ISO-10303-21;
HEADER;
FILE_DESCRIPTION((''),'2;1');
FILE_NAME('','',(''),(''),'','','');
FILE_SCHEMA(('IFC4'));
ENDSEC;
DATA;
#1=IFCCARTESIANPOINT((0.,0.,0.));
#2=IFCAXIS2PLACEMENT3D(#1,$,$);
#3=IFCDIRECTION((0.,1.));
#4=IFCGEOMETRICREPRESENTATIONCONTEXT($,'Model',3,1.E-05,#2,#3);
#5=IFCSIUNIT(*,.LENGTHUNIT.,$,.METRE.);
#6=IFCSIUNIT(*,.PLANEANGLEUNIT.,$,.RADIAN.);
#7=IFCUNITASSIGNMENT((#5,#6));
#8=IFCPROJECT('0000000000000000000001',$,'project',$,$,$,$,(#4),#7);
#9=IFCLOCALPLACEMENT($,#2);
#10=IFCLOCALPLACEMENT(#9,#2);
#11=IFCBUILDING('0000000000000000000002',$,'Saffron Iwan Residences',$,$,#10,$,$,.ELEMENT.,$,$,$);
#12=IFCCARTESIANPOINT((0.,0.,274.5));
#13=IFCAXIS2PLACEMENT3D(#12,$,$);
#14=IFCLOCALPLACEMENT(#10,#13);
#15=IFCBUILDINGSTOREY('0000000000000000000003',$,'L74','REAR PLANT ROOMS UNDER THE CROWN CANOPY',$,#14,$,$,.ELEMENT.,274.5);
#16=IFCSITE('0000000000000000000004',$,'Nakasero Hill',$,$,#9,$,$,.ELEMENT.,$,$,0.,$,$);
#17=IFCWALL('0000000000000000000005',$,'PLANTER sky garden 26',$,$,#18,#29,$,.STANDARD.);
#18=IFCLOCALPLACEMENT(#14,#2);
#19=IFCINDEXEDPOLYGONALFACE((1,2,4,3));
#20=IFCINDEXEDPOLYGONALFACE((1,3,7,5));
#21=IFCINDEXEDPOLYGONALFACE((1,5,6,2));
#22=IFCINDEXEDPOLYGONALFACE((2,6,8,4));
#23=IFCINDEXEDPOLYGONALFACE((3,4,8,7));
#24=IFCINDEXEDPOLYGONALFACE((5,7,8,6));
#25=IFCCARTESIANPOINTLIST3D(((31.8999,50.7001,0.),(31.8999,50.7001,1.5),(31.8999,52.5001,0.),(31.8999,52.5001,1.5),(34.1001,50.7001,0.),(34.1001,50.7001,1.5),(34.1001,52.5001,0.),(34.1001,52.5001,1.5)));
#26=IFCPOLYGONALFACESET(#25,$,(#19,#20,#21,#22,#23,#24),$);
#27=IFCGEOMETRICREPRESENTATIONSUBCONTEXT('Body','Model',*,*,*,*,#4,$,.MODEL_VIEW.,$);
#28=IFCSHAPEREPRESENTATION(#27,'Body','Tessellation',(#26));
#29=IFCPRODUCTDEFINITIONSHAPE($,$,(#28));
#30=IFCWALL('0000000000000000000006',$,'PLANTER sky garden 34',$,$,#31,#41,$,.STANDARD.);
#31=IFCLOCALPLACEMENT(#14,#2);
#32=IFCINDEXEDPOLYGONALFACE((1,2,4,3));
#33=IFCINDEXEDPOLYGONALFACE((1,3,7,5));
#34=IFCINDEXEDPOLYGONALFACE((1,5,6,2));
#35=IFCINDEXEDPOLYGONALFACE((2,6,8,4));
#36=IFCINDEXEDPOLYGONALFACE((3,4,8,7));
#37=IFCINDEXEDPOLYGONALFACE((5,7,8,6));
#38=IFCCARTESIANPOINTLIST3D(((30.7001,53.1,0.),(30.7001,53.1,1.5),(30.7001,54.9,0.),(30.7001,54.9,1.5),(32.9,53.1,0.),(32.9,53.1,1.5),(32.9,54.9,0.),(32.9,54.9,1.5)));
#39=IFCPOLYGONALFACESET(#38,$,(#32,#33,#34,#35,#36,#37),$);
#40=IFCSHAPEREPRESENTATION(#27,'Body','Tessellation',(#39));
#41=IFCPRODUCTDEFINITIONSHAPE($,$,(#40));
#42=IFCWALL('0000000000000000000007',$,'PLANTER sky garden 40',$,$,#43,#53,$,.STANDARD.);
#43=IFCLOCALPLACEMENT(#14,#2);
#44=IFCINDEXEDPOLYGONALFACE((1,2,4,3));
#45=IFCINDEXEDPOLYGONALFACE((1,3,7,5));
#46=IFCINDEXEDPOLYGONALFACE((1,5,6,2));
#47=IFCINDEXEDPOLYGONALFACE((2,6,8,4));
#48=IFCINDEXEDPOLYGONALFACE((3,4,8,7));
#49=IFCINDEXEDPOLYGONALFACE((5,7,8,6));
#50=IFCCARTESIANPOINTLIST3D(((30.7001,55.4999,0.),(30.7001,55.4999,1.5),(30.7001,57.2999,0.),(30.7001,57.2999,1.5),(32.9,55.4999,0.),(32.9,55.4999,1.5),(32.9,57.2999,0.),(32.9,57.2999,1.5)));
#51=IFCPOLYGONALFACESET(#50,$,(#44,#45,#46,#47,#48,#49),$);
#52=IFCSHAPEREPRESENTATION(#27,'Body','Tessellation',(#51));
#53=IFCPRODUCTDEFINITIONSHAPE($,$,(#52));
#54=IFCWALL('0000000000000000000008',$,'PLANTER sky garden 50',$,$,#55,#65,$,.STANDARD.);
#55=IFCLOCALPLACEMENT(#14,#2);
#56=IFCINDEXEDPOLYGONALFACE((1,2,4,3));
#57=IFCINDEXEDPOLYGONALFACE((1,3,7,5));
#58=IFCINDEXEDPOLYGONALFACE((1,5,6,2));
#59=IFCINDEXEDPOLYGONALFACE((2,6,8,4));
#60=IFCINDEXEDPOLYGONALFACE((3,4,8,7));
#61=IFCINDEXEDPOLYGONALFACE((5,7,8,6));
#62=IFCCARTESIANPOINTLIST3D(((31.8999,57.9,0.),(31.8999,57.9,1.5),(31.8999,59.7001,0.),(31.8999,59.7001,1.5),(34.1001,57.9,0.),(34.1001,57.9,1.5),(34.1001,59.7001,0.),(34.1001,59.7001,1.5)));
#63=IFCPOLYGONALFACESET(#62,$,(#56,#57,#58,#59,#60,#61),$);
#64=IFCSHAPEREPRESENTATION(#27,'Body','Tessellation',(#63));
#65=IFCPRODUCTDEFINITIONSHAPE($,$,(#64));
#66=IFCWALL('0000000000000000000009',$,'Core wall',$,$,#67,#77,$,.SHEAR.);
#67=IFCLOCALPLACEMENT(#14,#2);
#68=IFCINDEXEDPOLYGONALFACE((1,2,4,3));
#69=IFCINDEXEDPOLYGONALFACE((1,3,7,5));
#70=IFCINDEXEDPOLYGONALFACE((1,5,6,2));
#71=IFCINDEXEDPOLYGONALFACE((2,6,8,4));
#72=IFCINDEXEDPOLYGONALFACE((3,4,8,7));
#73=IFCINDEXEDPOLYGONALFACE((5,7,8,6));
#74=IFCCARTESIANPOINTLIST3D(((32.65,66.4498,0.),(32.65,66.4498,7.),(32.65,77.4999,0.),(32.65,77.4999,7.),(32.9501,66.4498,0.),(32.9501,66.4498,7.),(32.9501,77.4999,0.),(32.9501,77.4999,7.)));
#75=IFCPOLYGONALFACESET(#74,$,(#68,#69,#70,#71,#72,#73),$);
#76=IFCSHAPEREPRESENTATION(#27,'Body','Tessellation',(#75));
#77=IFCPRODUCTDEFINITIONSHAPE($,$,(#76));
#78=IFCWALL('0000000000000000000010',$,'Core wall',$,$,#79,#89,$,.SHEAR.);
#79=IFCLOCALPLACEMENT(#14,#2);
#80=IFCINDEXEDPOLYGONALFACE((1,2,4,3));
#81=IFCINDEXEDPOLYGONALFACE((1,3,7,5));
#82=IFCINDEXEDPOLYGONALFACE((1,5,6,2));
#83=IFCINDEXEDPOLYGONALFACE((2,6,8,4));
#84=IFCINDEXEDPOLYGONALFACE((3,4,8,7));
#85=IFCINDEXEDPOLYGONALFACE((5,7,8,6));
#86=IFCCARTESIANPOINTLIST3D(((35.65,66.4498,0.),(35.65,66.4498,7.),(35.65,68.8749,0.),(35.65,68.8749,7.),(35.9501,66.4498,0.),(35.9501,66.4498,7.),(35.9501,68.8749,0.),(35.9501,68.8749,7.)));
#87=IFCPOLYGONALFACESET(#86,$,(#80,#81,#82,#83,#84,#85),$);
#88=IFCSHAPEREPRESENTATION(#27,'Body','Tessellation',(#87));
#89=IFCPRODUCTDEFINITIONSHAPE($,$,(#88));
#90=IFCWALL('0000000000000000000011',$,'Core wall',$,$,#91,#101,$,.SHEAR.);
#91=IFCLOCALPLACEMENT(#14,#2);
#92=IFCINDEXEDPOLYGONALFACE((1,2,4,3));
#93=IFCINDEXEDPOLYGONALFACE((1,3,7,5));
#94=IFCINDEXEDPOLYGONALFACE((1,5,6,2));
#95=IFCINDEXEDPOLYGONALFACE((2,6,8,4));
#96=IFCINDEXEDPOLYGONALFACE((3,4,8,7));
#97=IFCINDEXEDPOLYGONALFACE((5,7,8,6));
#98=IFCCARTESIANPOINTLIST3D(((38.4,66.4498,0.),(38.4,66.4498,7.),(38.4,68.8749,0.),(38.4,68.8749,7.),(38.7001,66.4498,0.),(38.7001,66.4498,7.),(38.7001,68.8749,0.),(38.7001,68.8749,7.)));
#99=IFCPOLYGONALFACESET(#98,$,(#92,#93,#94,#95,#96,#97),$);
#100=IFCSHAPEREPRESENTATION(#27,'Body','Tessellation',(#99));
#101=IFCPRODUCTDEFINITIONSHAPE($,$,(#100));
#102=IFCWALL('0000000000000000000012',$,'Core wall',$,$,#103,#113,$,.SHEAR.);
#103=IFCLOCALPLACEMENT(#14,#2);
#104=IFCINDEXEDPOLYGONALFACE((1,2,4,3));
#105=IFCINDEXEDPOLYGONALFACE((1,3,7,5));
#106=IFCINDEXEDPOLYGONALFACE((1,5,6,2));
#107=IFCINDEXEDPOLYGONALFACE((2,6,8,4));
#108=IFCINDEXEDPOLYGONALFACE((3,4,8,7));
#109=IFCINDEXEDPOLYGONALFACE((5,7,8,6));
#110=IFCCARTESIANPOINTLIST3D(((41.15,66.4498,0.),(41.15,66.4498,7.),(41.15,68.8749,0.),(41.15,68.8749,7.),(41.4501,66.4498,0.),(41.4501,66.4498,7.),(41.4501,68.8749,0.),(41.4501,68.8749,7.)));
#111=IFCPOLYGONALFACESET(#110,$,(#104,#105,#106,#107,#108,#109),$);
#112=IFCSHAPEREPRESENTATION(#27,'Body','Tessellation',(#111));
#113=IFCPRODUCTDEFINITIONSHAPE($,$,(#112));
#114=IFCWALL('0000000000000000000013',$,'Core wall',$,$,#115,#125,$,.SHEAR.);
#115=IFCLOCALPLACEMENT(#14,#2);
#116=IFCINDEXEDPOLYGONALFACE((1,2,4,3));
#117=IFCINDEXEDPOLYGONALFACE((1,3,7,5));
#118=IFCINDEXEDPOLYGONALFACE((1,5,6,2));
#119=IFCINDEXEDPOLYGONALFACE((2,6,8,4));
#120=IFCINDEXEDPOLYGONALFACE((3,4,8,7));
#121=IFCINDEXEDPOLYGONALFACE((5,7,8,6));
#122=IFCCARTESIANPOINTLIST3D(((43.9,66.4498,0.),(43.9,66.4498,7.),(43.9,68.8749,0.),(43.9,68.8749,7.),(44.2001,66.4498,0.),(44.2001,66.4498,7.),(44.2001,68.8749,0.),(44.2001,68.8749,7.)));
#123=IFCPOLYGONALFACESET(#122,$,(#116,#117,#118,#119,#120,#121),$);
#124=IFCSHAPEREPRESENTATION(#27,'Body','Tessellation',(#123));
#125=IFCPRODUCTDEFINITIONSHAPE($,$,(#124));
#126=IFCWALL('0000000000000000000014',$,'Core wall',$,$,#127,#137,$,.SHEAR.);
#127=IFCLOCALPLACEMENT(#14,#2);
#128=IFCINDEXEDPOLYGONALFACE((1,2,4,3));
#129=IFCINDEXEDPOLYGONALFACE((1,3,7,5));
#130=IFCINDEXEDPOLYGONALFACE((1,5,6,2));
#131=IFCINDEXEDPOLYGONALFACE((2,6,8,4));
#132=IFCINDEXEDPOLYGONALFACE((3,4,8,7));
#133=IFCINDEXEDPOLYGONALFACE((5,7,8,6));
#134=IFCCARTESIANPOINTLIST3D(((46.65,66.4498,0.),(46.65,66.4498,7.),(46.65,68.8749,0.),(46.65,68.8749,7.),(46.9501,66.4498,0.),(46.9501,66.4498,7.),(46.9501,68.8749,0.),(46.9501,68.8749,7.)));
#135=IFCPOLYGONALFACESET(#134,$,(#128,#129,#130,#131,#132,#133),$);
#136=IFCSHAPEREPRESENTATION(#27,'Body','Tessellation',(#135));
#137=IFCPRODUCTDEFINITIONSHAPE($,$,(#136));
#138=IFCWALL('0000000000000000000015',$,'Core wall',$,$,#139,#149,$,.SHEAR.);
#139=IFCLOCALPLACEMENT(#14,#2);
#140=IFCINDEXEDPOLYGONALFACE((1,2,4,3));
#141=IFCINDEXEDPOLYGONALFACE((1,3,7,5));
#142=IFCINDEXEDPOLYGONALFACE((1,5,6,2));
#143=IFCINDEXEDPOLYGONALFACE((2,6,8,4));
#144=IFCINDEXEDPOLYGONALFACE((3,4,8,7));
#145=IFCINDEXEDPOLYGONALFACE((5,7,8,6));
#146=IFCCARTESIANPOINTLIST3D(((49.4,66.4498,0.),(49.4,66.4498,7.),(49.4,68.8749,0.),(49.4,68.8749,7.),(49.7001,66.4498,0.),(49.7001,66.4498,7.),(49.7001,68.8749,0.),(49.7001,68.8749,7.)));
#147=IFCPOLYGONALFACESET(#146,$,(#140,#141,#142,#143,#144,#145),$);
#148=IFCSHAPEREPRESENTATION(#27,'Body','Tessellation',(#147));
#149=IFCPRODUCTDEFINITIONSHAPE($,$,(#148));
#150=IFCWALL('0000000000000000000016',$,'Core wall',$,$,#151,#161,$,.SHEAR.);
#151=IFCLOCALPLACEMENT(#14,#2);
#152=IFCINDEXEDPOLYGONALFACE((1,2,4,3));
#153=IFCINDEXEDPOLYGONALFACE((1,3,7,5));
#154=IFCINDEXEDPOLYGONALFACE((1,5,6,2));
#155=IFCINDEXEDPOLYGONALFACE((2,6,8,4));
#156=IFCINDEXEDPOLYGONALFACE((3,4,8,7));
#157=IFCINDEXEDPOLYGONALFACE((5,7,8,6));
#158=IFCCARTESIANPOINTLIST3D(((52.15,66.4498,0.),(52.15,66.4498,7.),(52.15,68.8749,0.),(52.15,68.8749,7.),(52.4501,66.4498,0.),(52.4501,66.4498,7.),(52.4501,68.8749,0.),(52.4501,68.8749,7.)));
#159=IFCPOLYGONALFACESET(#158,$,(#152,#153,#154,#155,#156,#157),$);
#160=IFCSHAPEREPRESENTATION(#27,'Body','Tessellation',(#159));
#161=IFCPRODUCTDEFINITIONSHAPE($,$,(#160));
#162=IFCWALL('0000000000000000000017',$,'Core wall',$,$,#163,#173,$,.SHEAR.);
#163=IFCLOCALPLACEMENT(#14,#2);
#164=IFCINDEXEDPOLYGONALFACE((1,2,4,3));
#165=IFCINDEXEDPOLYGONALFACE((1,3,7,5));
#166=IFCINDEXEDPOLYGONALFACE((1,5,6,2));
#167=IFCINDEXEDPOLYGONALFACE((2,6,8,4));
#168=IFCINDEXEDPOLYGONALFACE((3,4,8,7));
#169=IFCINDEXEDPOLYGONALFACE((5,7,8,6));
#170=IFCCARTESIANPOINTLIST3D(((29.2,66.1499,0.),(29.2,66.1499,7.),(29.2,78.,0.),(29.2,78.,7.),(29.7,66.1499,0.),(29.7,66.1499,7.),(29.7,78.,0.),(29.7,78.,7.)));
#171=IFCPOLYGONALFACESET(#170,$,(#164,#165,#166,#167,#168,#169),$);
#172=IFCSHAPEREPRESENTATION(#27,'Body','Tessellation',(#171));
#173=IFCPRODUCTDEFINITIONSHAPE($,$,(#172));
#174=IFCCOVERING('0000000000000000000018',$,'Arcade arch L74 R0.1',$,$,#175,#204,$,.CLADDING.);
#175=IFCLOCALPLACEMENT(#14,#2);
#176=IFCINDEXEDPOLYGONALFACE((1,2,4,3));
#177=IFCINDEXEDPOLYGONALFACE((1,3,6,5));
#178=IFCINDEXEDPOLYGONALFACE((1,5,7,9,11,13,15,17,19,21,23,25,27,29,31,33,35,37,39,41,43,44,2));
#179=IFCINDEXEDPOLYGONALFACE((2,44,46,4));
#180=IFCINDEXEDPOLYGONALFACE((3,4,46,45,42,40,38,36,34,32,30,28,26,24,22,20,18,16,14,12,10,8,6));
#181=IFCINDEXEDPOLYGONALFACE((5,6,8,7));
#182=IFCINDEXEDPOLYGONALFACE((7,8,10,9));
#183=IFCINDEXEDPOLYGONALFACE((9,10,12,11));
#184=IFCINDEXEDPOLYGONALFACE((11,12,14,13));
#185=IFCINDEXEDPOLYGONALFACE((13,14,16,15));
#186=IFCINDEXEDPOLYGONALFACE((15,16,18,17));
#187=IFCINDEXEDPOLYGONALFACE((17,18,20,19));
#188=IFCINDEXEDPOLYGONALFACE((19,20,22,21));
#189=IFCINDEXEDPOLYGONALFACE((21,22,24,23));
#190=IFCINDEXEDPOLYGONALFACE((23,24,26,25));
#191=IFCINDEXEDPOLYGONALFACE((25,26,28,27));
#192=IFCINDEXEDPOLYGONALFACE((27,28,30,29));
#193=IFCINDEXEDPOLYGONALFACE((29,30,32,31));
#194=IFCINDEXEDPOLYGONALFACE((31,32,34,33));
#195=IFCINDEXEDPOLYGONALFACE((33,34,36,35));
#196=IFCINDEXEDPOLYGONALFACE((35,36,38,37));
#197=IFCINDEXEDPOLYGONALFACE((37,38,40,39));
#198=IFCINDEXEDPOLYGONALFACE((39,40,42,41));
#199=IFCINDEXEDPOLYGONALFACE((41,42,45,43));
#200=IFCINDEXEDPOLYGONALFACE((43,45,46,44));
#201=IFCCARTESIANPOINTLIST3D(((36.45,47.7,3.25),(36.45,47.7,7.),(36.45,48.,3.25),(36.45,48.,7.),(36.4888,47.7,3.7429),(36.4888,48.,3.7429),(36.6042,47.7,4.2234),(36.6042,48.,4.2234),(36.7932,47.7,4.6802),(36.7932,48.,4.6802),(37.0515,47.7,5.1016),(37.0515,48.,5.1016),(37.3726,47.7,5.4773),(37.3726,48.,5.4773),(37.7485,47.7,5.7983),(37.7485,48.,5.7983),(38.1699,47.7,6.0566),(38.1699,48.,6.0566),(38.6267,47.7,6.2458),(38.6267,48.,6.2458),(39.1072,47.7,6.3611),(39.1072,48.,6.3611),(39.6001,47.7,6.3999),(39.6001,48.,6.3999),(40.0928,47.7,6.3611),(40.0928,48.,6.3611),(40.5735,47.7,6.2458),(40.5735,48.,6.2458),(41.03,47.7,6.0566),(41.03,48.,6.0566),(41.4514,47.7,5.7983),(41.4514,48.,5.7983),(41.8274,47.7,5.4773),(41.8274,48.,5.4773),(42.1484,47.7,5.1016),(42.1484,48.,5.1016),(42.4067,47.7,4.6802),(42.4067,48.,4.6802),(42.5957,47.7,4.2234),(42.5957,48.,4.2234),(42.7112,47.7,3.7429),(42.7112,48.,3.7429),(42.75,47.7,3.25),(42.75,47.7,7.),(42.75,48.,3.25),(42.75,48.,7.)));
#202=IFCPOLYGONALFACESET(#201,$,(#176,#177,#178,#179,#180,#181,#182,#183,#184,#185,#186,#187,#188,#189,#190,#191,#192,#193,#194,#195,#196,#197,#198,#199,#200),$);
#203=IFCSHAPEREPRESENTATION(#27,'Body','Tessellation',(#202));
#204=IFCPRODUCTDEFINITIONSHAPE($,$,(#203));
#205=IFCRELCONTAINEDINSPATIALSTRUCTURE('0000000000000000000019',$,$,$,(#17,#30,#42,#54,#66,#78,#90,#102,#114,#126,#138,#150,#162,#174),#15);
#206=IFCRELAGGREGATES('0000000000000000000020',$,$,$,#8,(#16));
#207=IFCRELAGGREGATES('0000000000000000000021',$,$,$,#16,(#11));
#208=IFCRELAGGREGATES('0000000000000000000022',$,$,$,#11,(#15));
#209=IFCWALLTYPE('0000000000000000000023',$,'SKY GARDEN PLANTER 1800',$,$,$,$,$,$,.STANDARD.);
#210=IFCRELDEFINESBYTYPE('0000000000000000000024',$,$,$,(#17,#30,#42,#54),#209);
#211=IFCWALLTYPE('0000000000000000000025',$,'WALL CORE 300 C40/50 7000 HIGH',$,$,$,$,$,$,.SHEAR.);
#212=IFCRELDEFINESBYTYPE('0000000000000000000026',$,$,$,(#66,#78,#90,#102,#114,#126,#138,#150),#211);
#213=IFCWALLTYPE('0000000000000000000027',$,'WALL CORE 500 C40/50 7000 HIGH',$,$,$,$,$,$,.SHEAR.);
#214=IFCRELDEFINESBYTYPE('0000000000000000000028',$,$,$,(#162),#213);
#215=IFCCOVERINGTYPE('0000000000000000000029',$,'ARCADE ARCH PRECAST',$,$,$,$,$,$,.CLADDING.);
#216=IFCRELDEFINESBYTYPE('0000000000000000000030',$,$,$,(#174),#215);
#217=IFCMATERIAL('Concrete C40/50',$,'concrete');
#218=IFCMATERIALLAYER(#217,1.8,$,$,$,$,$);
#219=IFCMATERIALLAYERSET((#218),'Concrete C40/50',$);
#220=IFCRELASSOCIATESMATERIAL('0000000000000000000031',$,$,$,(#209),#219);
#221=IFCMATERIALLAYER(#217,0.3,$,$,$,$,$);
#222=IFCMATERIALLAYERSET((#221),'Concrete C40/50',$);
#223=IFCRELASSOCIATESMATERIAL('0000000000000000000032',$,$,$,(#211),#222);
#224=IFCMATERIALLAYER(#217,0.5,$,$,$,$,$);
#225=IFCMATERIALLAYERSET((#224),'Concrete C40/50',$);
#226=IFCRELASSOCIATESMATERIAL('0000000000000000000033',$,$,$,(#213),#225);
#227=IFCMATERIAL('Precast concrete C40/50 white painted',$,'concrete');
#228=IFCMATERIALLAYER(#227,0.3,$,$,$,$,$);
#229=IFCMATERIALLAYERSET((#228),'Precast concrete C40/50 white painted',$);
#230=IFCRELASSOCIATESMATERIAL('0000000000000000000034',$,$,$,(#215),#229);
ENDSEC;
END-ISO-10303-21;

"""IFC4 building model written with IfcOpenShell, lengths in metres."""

from ifc_helpers import new_model, si_unit, direction, frame, frame_2d, origin, place, context, subcontext, project, spatial, polyline, rectangle, outline, extrude, material, layer, layer_set, type_object, element, save


model = new_model("IFC4")

# Units and contexts
model_context = context("Model", 3, precision=1e-05, world=origin(), true_north=direction((0.0, 1.0)))
body_context = subcontext(model_context, "Body", "Model", "MODEL_VIEW")
ifc_project = project(units=[si_unit("LENGTHUNIT", "METRE"), si_unit("PLANEANGLEUNIT", "RADIAN")], contexts=[model_context])

# Site, building, storey
site_placement = place(None, origin())
site = spatial("IfcSite", under=ifc_project, at=site_placement, Name="Nakasero Hill", CompositionType="ELEMENT", RefElevation=0.0)
building_placement = place(site_placement, origin())
building = spatial("IfcBuilding", under=site, at=building_placement, Name="Saffron Iwan Residences", CompositionType="ELEMENT")
storey_placement = place(building_placement, frame((0.0, 0.0, 274.5)))
storey = spatial("IfcBuildingStorey", under=building, at=storey_placement, Name="L74", Description="REAR PLANT ROOMS UNDER THE CROWN CANOPY", CompositionType="ELEMENT", Elevation=274.5)

# Shared definitions
ifc_material_1 = material(Name="Concrete C40/50", Category="concrete")

# Walls
ifc_layer_1 = layer(ifc_material_1, 1.8)
ifc_layer_set_1 = layer_set([ifc_layer_1], Name="Concrete C40/50")
wall_type_1 = type_object("IfcWallType", Name="SKY GARDEN PLANTER 1800", PredefinedType="STANDARD", material=ifc_layer_set_1)
wall_1_placement = place(storey_placement, frame((31.8999, 51.6001, 0.0), z_axis=(0.0, 0.0, 1.0), x_axis=(1.0, 0.0, 0.0)))
element("IfcWall", 1, at=wall_1_placement, inside=storey, type_object=wall_type_1, Name="PLANTER sky garden 26", PredefinedType="STANDARD", context=body_context, shape_type="SweptSolid", body=[
    extrude(rectangle(XDim=2.2002, YDim=1.8, at=frame_2d((1.1001, 0.0))), origin(), (0.0, 0.0, 1.0), 1.5),
])
for number, where, z_axis, x_axis, name in (
    (2, (30.7, 54.0, 0.0), (0.0, 0.0, 1.0), (1.0, 0.0, 0.0), "PLANTER sky garden 34"),
    (3, (30.7, 56.3999, 0.0), (0.0, 0.0, 1.0), (1.0, 0.0, 0.0), "PLANTER sky garden 40"),
):
    element("IfcWall", number, at=place(storey_placement, frame(where, z_axis=z_axis, x_axis=x_axis)), inside=storey, type_object=wall_type_1, Name=name, PredefinedType="STANDARD", context=body_context, shape_type="SweptSolid", body=[
        extrude(rectangle(XDim=2.2, YDim=1.8, at=frame_2d((1.1001, 0.0))), origin(), (0.0, 0.0, 1.0), 1.5),
    ])
wall_2_placement = place(storey_placement, frame((31.8999, 58.8, 0.0), z_axis=(0.0, 0.0, 1.0), x_axis=(1.0, 0.0, 0.0)))
element("IfcWall", 4, at=wall_2_placement, inside=storey, type_object=wall_type_1, Name="PLANTER sky garden 50", PredefinedType="STANDARD", context=body_context, shape_type="SweptSolid", body=[
    extrude(rectangle(XDim=2.2002, YDim=1.8, at=frame_2d((1.1001, 0.0))), origin(), (0.0, 0.0, 1.0), 1.5),
])
ifc_layer_2 = layer(ifc_material_1, 0.3)
ifc_layer_set_2 = layer_set([ifc_layer_2], Name="Concrete C40/50")
wall_type_2 = type_object("IfcWallType", Name="WALL CORE 300 C40/50 7000 HIGH", PredefinedType="SHEAR", material=ifc_layer_set_2)
wall_3_placement = place(storey_placement, frame((32.8, 66.45, 0.0), z_axis=(0.0, 0.0, 1.0), x_axis=(0.0, 1.0, 0.0)))
element("IfcWall", 5, at=wall_3_placement, inside=storey, type_object=wall_type_2, Name="Core wall", PredefinedType="SHEAR", context=body_context, shape_type="SweptSolid", body=[
    extrude(rectangle(XDim=11.05, YDim=0.3, at=frame_2d((5.5249, 0.0))), origin(), (0.0, 0.0, 1.0), 7.0),
])
for number, where, z_axis, x_axis, name in (
    (6, (35.8, 66.45, 0.0), (0.0, 0.0, 1.0), (0.0, 1.0, 0.0), "Core wall"),
    (7, (38.55, 66.45, 0.0), (0.0, 0.0, 1.0), (0.0, 1.0, 0.0), "Core wall"),
    (8, (41.3, 66.45, 0.0), (0.0, 0.0, 1.0), (0.0, 1.0, 0.0), "Core wall"),
    (9, (44.05, 66.45, 0.0), (0.0, 0.0, 1.0), (0.0, 1.0, 0.0), "Core wall"),
    (10, (46.8, 66.45, 0.0), (0.0, 0.0, 1.0), (0.0, 1.0, 0.0), "Core wall"),
    (11, (49.55, 66.45, 0.0), (0.0, 0.0, 1.0), (0.0, 1.0, 0.0), "Core wall"),
    (12, (52.3, 66.45, 0.0), (0.0, 0.0, 1.0), (0.0, 1.0, 0.0), "Core wall"),
):
    element("IfcWall", number, at=place(storey_placement, frame(where, z_axis=z_axis, x_axis=x_axis)), inside=storey, type_object=wall_type_2, Name=name, PredefinedType="SHEAR", context=body_context, shape_type="SweptSolid", body=[
        extrude(rectangle(XDim=2.425, YDim=0.3, at=frame_2d((1.2124, 0.0))), origin(), (0.0, 0.0, 1.0), 7.0),
    ])
ifc_layer_3 = layer(ifc_material_1, 0.5)
ifc_layer_set_3 = layer_set([ifc_layer_3], Name="Concrete C40/50")
wall_type_3 = type_object("IfcWallType", Name="WALL CORE 500 C40/50 7000 HIGH", PredefinedType="SHEAR", material=ifc_layer_set_3)
wall_4_placement = place(storey_placement, frame((29.45, 66.1499, 0.0), z_axis=(0.0, 0.0, 1.0), x_axis=(0.0, 1.0, 0.0)))
element("IfcWall", 13, at=wall_4_placement, inside=storey, type_object=wall_type_3, Name="Core wall", PredefinedType="SHEAR", context=body_context, shape_type="SweptSolid", body=[
    extrude(rectangle(XDim=11.8501, YDim=0.5, at=frame_2d((5.925, 0.0))), origin(), (0.0, 0.0, 1.0), 7.0),
])

# Covering
ifc_material_2 = material(Name="Precast concrete C40/50 white painted", Category="concrete")
ifc_layer_4 = layer(ifc_material_2, 0.3)
ifc_layer_set_4 = layer_set([ifc_layer_4], Name="Precast concrete C40/50 white painted")
covering_type = type_object("IfcCoveringType", Name="ARCADE ARCH PRECAST", PredefinedType="CLADDING", material=ifc_layer_set_4)
covering_1_placement = place(storey_placement, frame((36.45, 48.0, 3.25), z_axis=(0.0, 1.0, 0.0), x_axis=(0.0, 0.0, 1.0)))
element("IfcCovering", 14, at=covering_1_placement, inside=storey, type_object=covering_type, Name="Arcade arch L74 R0.1", PredefinedType="CLADDING", context=body_context, shape_type="SweptSolid", body=[
    extrude(outline(polyline([(0.0, 0.0), (3.75, 0.0), (3.75, 6.3), (0.0, 6.3), (0.4929, 6.2612), (0.9734, 6.1458), (1.4302, 5.9568), (1.8516, 5.6985), (2.2273, 5.3774), (2.5483, 5.0015), (2.8066, 4.5801), (2.9958, 4.1235), (3.1111, 3.6428), (3.1499, 3.1501), (3.1111, 2.6572), (2.9958, 2.1768), (2.8066, 1.72), (2.5483, 1.2986), (2.2273, 0.9226), (1.8516, 0.6016), (1.4302, 0.3433), (0.9734, 0.1543), (0.4929, 0.0388), (0.0, 0.0)])), origin(), (0.0, 0.0, -1.0), 0.3),
])

save(model, "model.ifc")
